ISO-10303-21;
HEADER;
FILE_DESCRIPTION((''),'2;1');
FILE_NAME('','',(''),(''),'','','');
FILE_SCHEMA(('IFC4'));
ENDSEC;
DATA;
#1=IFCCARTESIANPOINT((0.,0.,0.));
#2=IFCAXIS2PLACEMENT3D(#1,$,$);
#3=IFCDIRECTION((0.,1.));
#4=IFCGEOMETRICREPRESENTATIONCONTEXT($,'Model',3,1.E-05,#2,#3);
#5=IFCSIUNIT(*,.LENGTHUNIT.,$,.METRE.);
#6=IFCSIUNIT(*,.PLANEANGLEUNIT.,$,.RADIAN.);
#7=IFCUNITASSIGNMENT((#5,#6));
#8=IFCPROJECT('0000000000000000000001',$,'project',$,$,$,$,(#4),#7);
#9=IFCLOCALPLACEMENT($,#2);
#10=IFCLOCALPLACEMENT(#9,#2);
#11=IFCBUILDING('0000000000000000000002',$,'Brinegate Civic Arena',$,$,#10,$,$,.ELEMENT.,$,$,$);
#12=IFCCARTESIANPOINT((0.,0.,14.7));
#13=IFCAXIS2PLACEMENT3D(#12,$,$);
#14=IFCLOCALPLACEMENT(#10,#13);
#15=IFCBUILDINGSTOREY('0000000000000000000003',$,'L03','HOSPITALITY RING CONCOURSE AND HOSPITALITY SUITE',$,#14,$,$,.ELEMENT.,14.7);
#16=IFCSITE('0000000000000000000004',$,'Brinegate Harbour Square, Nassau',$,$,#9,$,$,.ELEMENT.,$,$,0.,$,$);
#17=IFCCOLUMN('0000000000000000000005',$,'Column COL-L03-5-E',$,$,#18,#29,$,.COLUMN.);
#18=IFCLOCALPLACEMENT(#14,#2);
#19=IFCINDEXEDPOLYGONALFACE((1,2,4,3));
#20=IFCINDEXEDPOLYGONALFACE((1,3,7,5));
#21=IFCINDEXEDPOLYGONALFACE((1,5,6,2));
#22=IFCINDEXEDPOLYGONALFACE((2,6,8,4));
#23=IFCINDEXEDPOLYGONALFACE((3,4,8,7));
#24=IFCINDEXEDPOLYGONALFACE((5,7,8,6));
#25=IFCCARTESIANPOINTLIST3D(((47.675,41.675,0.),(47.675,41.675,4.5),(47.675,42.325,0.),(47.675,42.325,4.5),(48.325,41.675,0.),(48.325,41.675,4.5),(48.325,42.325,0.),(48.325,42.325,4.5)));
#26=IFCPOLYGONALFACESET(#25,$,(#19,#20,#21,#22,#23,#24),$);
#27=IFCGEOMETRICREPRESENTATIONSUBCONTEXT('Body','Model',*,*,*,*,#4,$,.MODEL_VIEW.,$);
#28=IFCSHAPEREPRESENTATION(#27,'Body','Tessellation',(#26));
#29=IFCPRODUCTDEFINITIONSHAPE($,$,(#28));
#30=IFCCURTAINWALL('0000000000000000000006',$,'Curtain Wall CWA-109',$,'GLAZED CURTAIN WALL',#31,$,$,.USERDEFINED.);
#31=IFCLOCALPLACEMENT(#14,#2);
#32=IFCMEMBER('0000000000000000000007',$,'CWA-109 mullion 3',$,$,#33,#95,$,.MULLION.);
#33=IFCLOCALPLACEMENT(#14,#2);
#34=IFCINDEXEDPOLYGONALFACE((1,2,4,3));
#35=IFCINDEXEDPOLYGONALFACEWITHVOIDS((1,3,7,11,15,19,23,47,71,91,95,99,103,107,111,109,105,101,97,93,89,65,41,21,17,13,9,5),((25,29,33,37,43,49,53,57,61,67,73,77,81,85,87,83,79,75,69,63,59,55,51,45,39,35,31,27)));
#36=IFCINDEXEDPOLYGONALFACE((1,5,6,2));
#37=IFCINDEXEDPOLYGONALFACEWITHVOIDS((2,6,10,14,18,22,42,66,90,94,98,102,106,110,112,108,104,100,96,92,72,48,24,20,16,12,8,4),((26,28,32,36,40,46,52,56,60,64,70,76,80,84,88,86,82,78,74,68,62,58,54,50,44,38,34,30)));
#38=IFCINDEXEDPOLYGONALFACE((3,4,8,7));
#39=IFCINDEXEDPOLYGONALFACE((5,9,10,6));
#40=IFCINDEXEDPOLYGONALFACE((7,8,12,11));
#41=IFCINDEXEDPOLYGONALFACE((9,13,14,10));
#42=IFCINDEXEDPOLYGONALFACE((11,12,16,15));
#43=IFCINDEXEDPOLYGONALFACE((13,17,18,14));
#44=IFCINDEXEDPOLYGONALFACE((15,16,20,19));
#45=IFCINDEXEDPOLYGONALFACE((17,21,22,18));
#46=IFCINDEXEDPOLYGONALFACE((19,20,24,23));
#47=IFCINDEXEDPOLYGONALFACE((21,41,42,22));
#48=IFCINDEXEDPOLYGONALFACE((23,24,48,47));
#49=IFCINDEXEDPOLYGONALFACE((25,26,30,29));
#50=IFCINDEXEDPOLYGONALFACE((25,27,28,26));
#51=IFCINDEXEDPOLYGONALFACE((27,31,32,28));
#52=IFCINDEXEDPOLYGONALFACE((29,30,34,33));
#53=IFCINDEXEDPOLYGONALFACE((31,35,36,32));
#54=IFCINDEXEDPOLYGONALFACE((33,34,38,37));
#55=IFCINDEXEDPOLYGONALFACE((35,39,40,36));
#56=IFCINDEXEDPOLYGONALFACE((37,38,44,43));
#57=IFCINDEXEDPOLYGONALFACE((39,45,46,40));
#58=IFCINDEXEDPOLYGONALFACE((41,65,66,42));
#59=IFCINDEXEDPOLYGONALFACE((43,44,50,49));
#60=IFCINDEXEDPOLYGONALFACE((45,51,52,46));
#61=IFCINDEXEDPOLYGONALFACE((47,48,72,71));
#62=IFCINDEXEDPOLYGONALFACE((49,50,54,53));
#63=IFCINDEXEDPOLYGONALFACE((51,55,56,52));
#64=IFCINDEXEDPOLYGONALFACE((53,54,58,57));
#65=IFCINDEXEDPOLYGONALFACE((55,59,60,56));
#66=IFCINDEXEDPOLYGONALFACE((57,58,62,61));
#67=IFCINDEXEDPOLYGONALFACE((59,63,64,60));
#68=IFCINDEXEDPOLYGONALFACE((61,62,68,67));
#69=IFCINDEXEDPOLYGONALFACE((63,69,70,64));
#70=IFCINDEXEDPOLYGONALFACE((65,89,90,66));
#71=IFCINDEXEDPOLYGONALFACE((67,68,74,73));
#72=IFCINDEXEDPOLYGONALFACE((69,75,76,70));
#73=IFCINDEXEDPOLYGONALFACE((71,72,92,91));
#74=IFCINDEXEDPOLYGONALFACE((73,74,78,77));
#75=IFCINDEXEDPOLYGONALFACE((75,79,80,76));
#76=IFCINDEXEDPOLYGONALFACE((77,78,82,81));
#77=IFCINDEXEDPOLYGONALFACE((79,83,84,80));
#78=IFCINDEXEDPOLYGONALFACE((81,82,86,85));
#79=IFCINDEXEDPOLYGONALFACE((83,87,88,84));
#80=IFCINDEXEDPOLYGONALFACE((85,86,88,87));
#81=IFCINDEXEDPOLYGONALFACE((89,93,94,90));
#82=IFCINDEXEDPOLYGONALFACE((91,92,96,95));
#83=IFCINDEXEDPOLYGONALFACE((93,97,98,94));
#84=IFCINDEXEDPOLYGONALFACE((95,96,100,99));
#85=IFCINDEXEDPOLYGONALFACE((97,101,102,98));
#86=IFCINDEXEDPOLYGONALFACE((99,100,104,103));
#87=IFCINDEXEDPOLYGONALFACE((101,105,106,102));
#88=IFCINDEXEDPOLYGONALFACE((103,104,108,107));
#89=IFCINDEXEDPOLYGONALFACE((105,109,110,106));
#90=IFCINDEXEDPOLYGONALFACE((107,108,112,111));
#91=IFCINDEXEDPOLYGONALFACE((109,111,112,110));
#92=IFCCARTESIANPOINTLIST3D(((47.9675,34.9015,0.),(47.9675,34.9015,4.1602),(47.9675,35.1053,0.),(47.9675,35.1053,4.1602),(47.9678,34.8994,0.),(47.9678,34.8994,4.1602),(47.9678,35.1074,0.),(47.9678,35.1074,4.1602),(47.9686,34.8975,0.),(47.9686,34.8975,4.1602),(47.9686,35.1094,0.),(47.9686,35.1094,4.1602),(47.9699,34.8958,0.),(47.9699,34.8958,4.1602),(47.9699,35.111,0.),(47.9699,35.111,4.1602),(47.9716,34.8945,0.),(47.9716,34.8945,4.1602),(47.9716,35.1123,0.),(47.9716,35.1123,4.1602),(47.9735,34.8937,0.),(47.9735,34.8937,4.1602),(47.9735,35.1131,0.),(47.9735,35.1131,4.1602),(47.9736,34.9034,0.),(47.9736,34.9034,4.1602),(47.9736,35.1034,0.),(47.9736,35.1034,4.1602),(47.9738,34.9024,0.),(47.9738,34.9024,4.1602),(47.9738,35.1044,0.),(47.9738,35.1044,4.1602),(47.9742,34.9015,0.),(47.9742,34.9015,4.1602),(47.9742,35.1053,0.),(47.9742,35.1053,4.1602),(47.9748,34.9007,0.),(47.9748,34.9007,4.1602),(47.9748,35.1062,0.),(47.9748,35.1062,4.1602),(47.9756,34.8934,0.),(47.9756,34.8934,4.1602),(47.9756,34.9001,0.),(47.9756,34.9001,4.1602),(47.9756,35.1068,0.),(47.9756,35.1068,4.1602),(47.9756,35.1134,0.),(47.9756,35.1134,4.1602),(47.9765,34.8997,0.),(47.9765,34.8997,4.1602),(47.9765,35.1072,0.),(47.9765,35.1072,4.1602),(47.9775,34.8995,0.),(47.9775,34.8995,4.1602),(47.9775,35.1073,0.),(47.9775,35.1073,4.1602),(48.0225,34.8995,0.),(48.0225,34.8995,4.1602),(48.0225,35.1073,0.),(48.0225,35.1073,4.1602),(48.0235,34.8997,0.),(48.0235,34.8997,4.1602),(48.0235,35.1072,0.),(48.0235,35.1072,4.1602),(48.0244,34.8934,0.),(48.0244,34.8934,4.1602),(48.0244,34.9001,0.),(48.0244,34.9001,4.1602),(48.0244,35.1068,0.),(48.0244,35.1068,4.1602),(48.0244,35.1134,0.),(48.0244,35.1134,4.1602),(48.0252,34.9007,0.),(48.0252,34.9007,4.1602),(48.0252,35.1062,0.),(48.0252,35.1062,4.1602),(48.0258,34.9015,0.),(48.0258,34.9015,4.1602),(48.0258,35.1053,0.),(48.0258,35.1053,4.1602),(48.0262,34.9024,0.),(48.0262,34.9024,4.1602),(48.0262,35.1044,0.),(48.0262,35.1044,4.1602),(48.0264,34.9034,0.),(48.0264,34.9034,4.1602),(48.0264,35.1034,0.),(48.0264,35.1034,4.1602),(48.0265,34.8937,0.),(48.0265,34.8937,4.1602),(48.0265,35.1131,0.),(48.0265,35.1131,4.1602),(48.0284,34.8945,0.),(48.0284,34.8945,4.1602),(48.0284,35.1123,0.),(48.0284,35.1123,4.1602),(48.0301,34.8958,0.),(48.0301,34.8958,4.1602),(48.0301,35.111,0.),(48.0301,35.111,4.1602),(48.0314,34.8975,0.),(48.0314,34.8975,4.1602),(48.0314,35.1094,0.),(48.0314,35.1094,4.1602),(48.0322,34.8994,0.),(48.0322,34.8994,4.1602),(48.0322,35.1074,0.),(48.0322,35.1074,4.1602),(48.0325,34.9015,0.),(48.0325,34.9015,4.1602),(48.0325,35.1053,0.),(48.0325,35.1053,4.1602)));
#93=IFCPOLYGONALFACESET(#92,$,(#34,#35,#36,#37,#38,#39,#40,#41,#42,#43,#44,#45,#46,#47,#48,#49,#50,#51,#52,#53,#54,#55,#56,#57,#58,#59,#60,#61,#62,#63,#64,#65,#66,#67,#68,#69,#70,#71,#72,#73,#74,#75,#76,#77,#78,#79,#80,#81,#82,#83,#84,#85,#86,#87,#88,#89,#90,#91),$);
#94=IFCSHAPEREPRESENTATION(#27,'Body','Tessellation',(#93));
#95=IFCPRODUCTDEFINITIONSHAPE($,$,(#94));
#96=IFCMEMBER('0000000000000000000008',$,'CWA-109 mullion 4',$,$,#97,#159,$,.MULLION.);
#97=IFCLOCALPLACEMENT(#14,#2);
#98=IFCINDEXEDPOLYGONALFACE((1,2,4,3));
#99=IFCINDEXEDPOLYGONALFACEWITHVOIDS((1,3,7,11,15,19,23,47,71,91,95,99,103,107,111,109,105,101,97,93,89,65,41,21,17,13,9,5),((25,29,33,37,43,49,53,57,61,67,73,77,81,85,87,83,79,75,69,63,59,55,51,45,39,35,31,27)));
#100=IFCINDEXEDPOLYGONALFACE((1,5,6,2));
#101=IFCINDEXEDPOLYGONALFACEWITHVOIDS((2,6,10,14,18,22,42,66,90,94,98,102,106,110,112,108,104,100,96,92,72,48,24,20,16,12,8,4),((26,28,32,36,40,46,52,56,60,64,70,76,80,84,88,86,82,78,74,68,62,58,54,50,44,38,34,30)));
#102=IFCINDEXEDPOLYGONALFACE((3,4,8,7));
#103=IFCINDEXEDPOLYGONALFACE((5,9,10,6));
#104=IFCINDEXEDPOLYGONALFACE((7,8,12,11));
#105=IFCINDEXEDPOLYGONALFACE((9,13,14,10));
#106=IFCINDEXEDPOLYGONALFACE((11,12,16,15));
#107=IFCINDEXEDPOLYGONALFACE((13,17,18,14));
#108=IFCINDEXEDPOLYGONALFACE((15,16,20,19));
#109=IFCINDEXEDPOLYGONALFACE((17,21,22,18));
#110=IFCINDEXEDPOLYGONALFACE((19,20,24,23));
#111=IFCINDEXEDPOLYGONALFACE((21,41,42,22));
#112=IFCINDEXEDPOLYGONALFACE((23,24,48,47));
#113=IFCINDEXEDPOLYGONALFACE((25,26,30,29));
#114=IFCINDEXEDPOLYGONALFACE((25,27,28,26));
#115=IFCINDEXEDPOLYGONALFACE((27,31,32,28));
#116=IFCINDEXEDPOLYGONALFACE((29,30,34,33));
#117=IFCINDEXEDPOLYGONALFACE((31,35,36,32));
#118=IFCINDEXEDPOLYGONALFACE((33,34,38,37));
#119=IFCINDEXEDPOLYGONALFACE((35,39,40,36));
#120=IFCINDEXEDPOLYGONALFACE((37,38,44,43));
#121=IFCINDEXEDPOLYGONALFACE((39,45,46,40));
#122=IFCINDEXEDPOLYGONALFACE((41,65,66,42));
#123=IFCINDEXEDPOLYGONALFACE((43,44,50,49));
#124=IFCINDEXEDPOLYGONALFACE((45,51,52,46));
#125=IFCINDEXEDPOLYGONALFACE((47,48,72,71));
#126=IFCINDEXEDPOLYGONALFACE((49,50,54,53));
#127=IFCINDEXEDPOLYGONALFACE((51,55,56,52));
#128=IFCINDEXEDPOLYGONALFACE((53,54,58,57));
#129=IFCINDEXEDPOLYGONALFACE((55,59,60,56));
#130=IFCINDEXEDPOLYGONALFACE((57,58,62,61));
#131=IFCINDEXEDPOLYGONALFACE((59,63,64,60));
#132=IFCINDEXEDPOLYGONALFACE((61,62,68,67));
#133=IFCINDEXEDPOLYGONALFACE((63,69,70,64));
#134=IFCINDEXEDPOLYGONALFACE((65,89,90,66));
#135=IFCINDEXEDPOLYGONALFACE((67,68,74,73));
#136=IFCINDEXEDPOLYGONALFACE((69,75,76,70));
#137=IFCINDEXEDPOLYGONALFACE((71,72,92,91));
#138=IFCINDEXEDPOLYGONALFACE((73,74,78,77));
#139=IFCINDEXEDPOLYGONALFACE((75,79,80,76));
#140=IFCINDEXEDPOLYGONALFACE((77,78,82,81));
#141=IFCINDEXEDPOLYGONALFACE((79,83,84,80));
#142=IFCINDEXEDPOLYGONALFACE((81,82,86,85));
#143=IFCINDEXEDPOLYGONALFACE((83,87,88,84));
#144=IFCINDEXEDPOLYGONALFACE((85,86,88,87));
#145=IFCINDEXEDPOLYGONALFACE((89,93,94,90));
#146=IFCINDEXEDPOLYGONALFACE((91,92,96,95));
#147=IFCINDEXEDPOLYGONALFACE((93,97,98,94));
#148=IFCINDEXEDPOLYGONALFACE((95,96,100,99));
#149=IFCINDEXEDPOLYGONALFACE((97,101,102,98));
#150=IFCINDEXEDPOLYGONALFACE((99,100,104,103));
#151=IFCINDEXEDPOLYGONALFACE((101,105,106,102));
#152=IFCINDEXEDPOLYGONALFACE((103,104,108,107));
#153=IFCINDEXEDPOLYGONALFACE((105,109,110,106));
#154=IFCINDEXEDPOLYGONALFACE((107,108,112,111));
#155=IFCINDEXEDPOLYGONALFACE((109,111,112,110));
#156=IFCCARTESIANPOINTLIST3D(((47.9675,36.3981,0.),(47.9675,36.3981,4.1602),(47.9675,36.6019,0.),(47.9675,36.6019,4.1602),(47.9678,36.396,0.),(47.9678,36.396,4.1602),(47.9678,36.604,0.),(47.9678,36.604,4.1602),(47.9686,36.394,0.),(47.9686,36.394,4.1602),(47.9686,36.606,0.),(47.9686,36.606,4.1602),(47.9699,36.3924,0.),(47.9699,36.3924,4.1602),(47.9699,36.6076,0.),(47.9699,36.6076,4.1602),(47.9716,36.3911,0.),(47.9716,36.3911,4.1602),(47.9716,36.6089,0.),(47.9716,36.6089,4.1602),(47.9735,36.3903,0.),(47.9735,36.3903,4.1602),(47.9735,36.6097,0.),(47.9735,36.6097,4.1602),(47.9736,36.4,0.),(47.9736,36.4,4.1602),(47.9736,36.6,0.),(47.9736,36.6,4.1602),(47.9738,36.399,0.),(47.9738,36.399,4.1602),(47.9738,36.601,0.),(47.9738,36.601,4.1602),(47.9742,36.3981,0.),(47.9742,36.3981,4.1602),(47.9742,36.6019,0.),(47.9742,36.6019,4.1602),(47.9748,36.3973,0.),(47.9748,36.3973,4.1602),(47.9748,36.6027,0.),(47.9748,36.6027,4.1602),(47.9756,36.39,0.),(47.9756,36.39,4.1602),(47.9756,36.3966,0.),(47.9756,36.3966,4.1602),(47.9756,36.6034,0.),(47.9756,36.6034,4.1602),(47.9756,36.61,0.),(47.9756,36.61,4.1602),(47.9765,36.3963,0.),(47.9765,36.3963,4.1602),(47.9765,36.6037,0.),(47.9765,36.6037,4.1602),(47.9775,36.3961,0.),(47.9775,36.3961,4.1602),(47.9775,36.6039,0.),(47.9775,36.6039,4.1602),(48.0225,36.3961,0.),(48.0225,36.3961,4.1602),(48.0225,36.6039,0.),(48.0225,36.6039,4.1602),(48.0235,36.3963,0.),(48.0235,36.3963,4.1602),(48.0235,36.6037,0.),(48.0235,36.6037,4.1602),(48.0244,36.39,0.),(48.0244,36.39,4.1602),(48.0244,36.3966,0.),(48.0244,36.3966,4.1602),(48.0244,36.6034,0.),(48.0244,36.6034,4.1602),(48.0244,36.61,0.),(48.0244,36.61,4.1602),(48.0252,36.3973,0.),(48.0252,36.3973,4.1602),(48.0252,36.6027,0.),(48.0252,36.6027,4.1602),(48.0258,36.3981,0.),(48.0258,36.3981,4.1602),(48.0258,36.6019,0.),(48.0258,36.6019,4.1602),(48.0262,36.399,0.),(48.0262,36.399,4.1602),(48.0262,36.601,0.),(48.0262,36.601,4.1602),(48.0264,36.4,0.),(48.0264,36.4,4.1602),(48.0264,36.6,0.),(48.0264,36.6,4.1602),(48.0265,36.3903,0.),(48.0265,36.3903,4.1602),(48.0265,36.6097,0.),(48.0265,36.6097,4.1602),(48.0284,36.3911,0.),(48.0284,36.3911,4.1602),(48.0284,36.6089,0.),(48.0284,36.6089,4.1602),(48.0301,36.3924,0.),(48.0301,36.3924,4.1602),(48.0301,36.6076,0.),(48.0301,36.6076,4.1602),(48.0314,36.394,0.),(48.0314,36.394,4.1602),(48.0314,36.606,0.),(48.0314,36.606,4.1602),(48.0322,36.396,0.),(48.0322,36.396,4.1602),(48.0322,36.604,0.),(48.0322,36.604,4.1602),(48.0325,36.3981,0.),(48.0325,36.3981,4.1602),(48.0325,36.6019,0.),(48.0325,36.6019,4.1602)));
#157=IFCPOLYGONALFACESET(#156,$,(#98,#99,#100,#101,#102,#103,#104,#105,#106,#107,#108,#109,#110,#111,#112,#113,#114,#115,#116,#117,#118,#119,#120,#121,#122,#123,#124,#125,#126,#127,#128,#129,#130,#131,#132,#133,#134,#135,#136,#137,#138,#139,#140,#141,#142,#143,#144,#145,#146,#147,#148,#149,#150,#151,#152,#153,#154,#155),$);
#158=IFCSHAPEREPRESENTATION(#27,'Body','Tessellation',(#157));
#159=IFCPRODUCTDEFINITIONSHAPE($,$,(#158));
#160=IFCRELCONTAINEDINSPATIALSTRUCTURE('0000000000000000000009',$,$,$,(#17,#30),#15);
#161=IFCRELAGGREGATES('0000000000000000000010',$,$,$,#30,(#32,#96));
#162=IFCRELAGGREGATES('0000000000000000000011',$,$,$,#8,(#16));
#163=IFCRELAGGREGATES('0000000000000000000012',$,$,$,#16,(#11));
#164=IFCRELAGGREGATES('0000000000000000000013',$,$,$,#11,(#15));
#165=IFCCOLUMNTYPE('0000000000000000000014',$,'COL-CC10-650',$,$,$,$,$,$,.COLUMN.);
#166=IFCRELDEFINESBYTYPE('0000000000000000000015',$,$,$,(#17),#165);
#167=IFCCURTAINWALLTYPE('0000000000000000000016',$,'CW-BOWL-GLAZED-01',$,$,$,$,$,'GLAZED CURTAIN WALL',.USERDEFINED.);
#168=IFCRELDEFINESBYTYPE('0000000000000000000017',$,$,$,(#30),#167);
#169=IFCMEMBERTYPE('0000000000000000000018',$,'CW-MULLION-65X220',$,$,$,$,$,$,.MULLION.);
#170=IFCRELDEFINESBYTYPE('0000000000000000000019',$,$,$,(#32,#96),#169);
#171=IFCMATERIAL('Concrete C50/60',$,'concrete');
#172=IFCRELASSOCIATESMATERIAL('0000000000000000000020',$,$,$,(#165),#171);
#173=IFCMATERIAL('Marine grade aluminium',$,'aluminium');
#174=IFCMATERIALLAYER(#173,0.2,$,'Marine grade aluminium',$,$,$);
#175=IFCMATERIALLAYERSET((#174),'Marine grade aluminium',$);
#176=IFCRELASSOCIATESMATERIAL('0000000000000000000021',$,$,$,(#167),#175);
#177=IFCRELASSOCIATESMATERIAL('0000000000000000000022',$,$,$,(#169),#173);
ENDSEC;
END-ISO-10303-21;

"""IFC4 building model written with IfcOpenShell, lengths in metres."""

from ifc_helpers import new_model, si_unit, direction, frame, origin, origin_2d, place, context, subcontext, project, spatial, rectangle, hollow_rectangle, extrude, material, layer, layer_set, material_profile, profile_set, type_object, element, aggregate, save


model = new_model("IFC4")

# Units and contexts
model_context = context("Model", 3, precision=1e-05, world=origin(), true_north=direction((0.0, 1.0)))
body_context = subcontext(model_context, "Body", "Model", "MODEL_VIEW")
ifc_project = project(units=[si_unit("LENGTHUNIT", "METRE"), si_unit("PLANEANGLEUNIT", "RADIAN")], contexts=[model_context])

# Site, building, storey
site_placement = place(None, origin())
site = spatial("IfcSite", under=ifc_project, at=site_placement, Name="Brinegate Harbour Square, Nassau", CompositionType="ELEMENT", RefElevation=0.0)
building_placement = place(site_placement, origin())
building = spatial("IfcBuilding", under=site, at=building_placement, Name="Brinegate Civic Arena", CompositionType="ELEMENT")
storey_placement = place(building_placement, frame((0.0, 0.0, 14.7)))
storey = spatial("IfcBuildingStorey", under=building, at=storey_placement, Name="L03", Description="HOSPITALITY RING CONCOURSE AND HOSPITALITY SUITE", CompositionType="ELEMENT", Elevation=14.7)

# Column
ifc_material_1 = material(Name="Concrete C50/60", Category="concrete")
ifc_material_profile_1 = material_profile(ifc_material_1, rectangle(XDim=0.6499, YDim=0.6499, at=origin_2d()), Name="RC650X650")
ifc_profile_set_1 = profile_set([ifc_material_profile_1], Name="Concrete C50/60")
column_type = type_object("IfcColumnType", Name="COL-CC10-650", PredefinedType="COLUMN", material=ifc_profile_set_1)
column_placement = place(storey_placement, frame((48.0, 42.0, 0.0), z_axis=(0.0, 0.0, 1.0), x_axis=(1.0, 0.0, 0.0)))
element("IfcColumn", 1, at=column_placement, inside=storey, type_object=column_type, Name="Column COL-L03-5-E", PredefinedType="COLUMN", context=body_context, shape_type="SweptSolid", body=[
    extrude(rectangle(XDim=0.6499, YDim=0.6499, at=origin_2d()), origin(), (0.0, 0.0, 1.0), 4.5),
])

# Curtain wall, members
ifc_material_2 = material(Name="Marine grade aluminium", Category="aluminium")
ifc_layer_1 = layer(ifc_material_2, 0.2, Name="Marine grade aluminium")
ifc_layer_set_1 = layer_set([ifc_layer_1], Name="Marine grade aluminium")
curtain_wall_type = type_object("IfcCurtainWallType", Name="CW-BOWL-GLAZED-01", ElementType="GLAZED CURTAIN WALL", PredefinedType="USERDEFINED", material=ifc_layer_set_1)
curtain_wall_1_placement = place(storey_placement, origin())
curtain_wall_1 = element("IfcCurtainWall", 2, at=curtain_wall_1_placement, inside=storey, type_object=curtain_wall_type, Name="Curtain Wall CWA-109", ObjectType="GLAZED CURTAIN WALL", PredefinedType="USERDEFINED")
ifc_material_profile_2 = material_profile(ifc_material_2, hollow_rectangle(XDim=0.0649, YDim=0.22, WallThickness=0.0061, InnerFilletRadius=0.0039, OuterFilletRadius=0.0081, at=origin_2d()), Name="MUL65X220")
ifc_profile_set_2 = profile_set([ifc_material_profile_2], Name="Marine grade aluminium")
member_type_1 = type_object("IfcMemberType", Name="CW-MULLION-65X220", PredefinedType="MULLION", material=ifc_profile_set_2)
member_1_placement = place(storey_placement, frame((48.0, 35.0034, 0.0), z_axis=(0.0, 0.0, 1.0), x_axis=(-1.0, 0.0, 0.0)))
member_1 = element("IfcMember", 3, at=member_1_placement, type_object=member_type_1, Name="CWA-109 mullion 3", PredefinedType="MULLION", context=body_context, shape_type="SweptSolid", body=[
    extrude(hollow_rectangle(XDim=0.0649, YDim=0.22, WallThickness=0.0061, InnerFilletRadius=0.0039, OuterFilletRadius=0.0081, at=origin_2d()), origin(), (0.0, 0.0, 1.0), 4.1602),
])
member_2_placement = place(storey_placement, frame((48.0, 36.5, 0.0), z_axis=(0.0, 0.0, 1.0), x_axis=(-1.0, 0.0, 0.0)))
member_2 = element("IfcMember", 4, at=member_2_placement, type_object=member_type_1, Name="CWA-109 mullion 4", PredefinedType="MULLION", context=body_context, shape_type="SweptSolid", body=[
    extrude(hollow_rectangle(XDim=0.0649, YDim=0.22, WallThickness=0.0061, InnerFilletRadius=0.0039, OuterFilletRadius=0.0081, at=origin_2d()), origin(), (0.0, 0.0, 1.0), 4.1602),
])

aggregate(curtain_wall_1, [member_1, member_2])

save(model, "model.ifc")
